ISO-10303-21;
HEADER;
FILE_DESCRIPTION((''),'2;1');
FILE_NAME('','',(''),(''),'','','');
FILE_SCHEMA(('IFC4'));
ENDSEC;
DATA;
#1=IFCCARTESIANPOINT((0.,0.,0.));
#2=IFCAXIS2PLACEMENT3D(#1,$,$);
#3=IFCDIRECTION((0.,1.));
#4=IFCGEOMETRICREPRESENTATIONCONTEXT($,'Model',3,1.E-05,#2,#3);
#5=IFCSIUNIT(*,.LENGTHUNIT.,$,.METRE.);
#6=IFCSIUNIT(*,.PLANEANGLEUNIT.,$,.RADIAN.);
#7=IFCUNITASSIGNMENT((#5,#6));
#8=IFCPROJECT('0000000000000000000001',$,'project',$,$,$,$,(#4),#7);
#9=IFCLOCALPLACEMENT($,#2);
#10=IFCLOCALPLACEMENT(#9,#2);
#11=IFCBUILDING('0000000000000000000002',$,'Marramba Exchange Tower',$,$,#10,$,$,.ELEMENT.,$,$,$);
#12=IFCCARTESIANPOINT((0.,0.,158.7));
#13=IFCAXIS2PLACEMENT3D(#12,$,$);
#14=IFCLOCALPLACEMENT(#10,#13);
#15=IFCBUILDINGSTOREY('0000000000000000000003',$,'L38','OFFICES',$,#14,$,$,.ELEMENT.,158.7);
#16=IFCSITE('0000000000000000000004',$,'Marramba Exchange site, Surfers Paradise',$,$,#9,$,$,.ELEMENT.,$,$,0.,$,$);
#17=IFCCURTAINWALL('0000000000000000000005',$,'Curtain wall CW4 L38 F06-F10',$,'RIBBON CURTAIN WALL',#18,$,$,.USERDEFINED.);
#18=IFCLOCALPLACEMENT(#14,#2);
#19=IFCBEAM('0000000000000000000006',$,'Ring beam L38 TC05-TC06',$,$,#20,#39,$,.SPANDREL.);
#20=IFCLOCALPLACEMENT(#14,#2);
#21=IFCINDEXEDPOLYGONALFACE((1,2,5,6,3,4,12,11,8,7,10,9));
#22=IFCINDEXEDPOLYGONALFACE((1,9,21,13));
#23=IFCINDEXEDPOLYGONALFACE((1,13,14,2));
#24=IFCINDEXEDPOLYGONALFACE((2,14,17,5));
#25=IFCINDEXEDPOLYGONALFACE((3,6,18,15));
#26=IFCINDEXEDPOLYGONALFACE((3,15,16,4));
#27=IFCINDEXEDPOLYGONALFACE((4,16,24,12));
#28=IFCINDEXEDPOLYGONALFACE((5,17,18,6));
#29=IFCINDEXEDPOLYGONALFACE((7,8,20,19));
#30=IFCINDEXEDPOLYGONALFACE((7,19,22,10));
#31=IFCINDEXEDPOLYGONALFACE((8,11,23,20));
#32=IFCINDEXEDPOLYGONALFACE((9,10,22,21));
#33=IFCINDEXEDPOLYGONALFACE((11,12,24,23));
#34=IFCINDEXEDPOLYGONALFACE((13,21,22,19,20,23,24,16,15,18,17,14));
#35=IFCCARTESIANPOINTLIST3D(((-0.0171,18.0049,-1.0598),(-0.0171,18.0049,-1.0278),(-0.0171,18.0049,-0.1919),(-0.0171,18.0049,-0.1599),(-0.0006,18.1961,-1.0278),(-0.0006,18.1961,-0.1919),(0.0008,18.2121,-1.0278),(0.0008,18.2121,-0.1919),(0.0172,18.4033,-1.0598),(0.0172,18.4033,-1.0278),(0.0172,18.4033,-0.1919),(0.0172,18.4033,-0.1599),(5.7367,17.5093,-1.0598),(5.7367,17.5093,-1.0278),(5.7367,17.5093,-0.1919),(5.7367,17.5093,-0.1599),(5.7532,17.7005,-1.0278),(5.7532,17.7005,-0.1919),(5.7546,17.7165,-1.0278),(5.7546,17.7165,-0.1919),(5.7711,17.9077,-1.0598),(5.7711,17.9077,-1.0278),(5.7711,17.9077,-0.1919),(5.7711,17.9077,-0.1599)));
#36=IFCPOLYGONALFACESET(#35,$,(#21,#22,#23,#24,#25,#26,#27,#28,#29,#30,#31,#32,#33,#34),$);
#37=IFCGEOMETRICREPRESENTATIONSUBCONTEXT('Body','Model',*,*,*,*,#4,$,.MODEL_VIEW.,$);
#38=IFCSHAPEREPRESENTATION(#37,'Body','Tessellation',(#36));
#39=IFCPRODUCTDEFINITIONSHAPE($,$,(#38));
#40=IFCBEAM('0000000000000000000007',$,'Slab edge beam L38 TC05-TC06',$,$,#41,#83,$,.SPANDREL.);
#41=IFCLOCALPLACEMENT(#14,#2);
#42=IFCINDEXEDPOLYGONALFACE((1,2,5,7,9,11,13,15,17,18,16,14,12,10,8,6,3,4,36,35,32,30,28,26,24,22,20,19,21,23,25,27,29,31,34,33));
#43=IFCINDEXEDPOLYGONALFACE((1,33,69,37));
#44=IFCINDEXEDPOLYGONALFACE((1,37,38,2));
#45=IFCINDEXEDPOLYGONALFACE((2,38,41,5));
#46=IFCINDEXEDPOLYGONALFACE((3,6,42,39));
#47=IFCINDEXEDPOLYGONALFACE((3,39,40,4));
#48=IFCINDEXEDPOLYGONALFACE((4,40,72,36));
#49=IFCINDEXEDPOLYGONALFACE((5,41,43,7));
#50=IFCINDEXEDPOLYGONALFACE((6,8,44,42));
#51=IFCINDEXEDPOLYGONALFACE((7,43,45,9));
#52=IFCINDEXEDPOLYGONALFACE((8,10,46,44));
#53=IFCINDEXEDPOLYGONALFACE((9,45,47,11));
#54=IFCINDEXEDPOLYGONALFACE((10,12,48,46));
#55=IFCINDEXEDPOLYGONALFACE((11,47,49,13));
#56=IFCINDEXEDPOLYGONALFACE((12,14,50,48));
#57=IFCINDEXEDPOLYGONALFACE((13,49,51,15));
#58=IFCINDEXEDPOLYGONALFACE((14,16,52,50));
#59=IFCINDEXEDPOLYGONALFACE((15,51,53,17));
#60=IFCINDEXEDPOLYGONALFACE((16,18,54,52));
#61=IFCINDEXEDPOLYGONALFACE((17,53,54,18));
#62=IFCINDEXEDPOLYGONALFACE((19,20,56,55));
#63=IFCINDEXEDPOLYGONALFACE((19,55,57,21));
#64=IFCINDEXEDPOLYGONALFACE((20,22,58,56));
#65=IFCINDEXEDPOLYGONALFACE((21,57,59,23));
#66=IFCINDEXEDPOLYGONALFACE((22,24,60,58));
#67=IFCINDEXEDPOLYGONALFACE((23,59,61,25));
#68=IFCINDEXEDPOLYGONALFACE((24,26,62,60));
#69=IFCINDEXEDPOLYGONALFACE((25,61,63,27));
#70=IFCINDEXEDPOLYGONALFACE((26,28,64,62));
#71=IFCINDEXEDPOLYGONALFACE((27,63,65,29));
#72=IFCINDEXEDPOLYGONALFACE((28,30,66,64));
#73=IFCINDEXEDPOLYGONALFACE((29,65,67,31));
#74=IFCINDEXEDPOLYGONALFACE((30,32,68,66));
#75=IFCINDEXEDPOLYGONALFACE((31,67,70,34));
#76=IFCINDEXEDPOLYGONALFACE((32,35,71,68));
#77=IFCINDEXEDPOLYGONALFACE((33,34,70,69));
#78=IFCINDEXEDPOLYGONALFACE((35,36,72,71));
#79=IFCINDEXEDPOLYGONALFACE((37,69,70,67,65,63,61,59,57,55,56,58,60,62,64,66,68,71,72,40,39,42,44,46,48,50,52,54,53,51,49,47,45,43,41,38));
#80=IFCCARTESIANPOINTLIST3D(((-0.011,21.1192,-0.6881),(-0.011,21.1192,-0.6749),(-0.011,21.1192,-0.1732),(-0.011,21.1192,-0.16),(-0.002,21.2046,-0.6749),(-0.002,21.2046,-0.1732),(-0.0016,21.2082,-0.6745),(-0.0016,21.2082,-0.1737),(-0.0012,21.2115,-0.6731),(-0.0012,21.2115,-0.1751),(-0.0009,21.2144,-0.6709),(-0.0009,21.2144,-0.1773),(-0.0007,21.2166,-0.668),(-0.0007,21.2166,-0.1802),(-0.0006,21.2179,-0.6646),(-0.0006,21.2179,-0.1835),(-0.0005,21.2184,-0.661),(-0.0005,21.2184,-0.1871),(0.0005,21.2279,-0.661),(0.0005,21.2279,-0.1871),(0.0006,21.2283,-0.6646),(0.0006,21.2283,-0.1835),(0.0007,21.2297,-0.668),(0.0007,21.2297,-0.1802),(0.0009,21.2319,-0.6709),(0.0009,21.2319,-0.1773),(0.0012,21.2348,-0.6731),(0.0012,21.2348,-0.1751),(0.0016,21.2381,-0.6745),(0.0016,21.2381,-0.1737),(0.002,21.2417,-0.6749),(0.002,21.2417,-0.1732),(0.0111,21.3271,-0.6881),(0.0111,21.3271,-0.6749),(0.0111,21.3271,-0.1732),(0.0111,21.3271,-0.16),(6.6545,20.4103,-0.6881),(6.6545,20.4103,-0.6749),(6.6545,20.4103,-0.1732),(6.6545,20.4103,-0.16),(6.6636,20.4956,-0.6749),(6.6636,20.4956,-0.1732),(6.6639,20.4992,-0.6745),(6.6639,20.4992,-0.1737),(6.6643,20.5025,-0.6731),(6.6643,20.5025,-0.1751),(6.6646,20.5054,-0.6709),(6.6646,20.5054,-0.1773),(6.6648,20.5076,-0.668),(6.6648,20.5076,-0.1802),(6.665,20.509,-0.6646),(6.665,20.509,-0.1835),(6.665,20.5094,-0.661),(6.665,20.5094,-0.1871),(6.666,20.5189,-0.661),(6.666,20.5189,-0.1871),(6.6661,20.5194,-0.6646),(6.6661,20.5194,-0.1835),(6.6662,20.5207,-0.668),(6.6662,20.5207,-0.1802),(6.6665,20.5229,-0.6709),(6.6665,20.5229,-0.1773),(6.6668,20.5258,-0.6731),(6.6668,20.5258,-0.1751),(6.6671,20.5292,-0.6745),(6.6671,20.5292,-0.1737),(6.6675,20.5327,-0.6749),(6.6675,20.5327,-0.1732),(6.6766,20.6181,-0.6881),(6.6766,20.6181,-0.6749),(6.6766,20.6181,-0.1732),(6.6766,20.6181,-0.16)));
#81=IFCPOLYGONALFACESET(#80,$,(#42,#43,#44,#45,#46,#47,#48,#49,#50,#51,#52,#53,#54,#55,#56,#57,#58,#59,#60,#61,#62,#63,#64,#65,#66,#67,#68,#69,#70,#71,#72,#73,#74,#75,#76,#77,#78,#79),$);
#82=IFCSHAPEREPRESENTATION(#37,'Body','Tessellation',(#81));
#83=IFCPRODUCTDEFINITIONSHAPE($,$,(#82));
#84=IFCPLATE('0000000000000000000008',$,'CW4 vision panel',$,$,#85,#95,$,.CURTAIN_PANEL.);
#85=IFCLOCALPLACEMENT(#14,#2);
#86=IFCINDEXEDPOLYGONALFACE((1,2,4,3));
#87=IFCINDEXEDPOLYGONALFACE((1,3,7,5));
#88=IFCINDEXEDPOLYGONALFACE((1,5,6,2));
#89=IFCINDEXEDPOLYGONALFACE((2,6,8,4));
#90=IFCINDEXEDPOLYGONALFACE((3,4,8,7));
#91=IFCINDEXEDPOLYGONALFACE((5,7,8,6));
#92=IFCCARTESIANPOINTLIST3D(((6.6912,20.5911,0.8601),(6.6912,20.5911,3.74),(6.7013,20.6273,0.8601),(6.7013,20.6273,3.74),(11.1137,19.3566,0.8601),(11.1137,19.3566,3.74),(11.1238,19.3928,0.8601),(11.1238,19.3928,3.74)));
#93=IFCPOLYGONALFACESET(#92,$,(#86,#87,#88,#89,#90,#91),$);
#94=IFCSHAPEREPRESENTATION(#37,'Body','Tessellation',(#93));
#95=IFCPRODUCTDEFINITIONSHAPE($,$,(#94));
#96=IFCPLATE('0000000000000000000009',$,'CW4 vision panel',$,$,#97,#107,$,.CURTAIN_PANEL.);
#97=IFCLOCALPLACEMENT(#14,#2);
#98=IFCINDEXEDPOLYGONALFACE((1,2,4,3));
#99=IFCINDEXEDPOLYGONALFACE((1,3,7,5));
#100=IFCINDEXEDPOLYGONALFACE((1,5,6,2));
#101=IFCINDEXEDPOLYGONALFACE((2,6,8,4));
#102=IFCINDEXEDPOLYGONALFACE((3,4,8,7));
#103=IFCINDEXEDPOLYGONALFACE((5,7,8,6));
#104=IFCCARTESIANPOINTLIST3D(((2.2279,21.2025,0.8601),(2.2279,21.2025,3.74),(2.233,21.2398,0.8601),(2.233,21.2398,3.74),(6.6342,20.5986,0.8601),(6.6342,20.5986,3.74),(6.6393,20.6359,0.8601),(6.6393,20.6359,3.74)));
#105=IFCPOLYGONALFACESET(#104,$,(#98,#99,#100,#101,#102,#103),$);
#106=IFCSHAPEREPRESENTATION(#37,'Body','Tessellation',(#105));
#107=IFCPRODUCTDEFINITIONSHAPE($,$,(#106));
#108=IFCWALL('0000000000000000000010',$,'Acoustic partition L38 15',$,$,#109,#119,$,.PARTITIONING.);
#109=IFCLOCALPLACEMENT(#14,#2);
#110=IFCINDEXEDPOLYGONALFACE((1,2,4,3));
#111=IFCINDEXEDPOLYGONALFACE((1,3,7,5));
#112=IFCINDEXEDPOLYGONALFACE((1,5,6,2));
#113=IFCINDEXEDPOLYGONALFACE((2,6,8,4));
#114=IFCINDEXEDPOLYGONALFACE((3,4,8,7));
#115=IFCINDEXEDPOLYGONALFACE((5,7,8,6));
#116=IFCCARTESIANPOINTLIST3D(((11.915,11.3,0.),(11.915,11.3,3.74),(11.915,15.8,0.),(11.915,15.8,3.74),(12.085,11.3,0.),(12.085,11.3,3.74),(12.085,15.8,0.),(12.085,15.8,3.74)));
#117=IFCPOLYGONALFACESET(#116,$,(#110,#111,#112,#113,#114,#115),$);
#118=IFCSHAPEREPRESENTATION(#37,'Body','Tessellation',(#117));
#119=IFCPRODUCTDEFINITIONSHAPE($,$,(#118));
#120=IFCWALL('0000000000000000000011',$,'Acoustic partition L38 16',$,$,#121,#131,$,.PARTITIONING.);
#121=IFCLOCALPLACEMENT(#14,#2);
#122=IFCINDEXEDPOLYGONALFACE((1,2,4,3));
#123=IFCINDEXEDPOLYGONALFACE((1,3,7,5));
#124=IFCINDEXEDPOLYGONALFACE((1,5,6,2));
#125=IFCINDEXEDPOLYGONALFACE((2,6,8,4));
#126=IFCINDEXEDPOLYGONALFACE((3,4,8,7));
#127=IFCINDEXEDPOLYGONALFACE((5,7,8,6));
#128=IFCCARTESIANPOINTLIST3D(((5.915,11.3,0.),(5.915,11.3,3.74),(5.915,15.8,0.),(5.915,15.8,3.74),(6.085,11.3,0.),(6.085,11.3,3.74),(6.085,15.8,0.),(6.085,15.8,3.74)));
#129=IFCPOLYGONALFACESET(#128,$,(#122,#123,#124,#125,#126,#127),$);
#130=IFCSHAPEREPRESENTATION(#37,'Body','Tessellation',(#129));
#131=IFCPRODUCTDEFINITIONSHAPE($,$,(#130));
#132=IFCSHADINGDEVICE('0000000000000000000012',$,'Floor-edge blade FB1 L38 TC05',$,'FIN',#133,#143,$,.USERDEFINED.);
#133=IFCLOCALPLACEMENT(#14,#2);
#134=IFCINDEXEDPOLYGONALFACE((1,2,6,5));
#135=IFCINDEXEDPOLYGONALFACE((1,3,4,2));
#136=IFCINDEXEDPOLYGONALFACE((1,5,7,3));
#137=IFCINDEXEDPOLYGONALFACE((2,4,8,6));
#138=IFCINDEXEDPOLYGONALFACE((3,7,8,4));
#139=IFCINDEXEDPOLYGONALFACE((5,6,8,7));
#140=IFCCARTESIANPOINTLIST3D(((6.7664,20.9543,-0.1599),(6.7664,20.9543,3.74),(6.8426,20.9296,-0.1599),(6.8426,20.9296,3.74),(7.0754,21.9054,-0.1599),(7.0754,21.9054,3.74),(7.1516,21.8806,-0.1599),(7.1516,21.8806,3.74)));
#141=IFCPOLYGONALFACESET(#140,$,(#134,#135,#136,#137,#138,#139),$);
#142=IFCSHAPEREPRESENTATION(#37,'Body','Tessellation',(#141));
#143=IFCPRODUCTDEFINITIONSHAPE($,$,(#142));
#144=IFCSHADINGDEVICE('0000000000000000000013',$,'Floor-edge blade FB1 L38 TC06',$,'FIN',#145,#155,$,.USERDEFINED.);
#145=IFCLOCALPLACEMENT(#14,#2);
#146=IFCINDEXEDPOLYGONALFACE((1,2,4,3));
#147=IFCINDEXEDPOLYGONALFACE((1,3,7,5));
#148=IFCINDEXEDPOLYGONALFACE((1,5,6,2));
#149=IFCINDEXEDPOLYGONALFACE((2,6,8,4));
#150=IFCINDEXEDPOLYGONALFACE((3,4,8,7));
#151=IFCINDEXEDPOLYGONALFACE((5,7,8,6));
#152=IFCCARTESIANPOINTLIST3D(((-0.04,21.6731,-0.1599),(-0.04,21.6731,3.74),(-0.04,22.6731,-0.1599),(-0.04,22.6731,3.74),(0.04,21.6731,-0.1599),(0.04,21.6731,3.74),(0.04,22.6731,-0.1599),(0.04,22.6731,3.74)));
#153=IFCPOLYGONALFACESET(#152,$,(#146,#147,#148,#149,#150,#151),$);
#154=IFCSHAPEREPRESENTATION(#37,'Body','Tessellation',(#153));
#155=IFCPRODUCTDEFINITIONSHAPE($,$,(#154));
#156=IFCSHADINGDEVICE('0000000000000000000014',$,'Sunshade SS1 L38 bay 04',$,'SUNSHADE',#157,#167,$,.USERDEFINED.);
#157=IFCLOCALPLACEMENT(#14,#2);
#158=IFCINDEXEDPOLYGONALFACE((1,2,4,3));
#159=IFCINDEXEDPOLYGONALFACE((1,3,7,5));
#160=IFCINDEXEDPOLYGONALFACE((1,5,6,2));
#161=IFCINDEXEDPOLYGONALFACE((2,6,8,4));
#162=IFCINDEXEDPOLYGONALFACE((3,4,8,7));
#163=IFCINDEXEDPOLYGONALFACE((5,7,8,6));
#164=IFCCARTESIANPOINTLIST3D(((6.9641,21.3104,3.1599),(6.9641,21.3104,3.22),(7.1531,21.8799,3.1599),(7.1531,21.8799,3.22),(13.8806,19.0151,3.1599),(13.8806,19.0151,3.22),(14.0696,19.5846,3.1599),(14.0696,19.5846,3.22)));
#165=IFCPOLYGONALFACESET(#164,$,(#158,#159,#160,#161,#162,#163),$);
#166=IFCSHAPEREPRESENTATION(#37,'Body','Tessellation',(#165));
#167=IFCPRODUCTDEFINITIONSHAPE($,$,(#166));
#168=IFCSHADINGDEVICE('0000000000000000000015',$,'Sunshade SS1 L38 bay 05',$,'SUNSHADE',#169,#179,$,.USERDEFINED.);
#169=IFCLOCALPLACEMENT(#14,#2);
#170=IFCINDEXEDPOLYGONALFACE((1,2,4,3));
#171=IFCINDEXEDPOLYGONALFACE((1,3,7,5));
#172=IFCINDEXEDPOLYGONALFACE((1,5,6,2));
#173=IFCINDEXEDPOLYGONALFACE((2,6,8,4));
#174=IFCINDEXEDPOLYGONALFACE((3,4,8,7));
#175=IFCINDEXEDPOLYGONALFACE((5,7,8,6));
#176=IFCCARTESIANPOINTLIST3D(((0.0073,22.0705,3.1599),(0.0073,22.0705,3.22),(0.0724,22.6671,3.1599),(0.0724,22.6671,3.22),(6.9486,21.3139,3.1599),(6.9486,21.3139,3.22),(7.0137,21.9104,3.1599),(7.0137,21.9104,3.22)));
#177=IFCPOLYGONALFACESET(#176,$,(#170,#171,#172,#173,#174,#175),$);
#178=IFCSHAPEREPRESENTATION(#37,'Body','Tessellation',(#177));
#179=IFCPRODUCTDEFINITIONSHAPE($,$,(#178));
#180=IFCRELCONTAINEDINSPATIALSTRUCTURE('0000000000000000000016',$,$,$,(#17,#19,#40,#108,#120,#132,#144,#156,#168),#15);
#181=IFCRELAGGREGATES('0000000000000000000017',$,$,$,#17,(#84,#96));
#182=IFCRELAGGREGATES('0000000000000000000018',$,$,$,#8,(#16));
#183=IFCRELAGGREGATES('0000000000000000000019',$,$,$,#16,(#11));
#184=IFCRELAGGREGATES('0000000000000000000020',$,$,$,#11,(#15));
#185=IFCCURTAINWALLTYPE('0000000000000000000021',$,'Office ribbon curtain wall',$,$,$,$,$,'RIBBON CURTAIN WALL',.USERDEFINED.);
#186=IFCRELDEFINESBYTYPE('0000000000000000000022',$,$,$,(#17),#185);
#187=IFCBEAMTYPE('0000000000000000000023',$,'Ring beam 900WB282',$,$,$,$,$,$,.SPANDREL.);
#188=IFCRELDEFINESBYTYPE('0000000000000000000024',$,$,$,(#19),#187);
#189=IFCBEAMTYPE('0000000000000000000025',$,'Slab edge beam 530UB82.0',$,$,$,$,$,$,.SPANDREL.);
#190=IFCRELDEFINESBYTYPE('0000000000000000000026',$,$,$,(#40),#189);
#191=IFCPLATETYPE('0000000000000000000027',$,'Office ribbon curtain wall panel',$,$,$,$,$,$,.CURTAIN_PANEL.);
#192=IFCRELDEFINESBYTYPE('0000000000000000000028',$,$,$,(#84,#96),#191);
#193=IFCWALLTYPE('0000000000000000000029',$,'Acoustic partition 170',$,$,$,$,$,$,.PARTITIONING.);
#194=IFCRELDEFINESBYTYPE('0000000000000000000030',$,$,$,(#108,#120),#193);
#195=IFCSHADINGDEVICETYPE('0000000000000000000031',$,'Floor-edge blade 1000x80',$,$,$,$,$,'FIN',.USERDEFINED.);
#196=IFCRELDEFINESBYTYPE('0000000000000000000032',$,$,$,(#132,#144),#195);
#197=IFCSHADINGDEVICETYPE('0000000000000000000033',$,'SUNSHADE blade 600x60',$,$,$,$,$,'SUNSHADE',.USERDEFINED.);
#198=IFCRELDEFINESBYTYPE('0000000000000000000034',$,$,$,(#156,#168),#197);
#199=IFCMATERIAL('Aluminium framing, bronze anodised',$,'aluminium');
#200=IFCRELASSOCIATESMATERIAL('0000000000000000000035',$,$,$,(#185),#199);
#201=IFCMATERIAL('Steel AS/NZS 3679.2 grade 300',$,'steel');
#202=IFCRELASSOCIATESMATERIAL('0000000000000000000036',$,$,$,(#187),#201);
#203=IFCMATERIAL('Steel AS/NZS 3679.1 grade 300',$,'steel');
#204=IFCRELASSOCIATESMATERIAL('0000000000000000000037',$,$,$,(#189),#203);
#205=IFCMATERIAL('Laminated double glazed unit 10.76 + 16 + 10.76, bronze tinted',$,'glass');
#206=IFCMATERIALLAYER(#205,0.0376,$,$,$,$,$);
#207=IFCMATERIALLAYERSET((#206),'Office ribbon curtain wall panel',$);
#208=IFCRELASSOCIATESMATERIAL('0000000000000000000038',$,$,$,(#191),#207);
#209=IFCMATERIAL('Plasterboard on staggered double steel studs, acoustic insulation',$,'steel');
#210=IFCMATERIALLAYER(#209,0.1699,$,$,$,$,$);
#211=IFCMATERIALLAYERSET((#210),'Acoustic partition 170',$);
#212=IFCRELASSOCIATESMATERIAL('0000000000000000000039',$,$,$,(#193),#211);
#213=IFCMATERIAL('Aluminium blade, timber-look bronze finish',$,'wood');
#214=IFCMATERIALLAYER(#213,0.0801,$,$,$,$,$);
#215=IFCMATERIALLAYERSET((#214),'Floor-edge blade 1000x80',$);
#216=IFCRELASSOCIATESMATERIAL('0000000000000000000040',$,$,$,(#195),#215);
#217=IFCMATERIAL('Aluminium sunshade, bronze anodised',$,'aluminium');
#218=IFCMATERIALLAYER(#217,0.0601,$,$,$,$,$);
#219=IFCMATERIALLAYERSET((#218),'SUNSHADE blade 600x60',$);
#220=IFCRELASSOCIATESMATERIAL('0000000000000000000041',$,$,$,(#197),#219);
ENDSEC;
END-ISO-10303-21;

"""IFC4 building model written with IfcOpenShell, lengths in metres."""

from ifc_helpers import new_model, si_unit, direction, frame, frame_2d, origin, origin_2d, place, context, subcontext, project, spatial, rectangle, i_section, extrude, material, layer, layer_set, material_profile, profile_set, type_object, element, aggregate, save


model = new_model("IFC4")

# Units and contexts
model_context = context("Model", 3, precision=1e-05, world=origin(), true_north=direction((0.0, 1.0)))
body_context = subcontext(model_context, "Body", "Model", "MODEL_VIEW")
ifc_project = project(units=[si_unit("LENGTHUNIT", "METRE"), si_unit("PLANEANGLEUNIT", "RADIAN")], contexts=[model_context])

# Site, building, storey
site_placement = place(None, origin())
site = spatial("IfcSite", under=ifc_project, at=site_placement, Name="Marramba Exchange site, Surfers Paradise", CompositionType="ELEMENT", RefElevation=0.0)
building_placement = place(site_placement, origin())
building = spatial("IfcBuilding", under=site, at=building_placement, Name="Marramba Exchange Tower", CompositionType="ELEMENT")
storey_placement = place(building_placement, frame((0.0, 0.0, 158.7)))
storey = spatial("IfcBuildingStorey", under=building, at=storey_placement, Name="L38", Description="OFFICES", CompositionType="ELEMENT", Elevation=158.7)

# Shared definitions
ifc_material_1 = material(Name="Steel AS/NZS 3679.2 grade 300", Category="steel")

# Curtain wall
ifc_material_2 = material(Name="Aluminium framing, bronze anodised", Category="aluminium")
curtain_wall_type = type_object("IfcCurtainWallType", Name="Office ribbon curtain wall", ElementType="RIBBON CURTAIN WALL", PredefinedType="USERDEFINED", material=ifc_material_2)
curtain_wall_placement = place(storey_placement, origin())
curtain_wall = element("IfcCurtainWall", 1, at=curtain_wall_placement, inside=storey, type_object=curtain_wall_type, Name="Curtain wall CW4 L38 F06-F10", ObjectType="RIBBON CURTAIN WALL", PredefinedType="USERDEFINED")

# Beams
ifc_material_profile_1 = material_profile(ifc_material_1, i_section(OverallWidth=0.3999, OverallDepth=0.8999, WebThickness=0.0161, FlangeThickness=0.032, at=origin_2d()), Name="900WB282")
ifc_profile_set_1 = profile_set([ifc_material_profile_1], Name="Steel AS/NZS 3679.2 grade 300")
beam_type_1 = type_object("IfcBeamType", Name="Ring beam 900WB282", PredefinedType="SPANDREL", material=ifc_profile_set_1)
beam_1_placement = place(storey_placement, frame((5.7539, 17.7085, -0.6099), z_axis=(-0.996311, 0.085816, 0.0), x_axis=(-0.085816, -0.996311, 0.0)))
element("IfcBeam", 2, at=beam_1_placement, inside=storey, type_object=beam_type_1, Name="Ring beam L38 TC05-TC06", PredefinedType="SPANDREL", context=body_context, shape_type="SweptSolid", body=[
    extrude(i_section(OverallWidth=0.3999, OverallDepth=0.8999, WebThickness=0.0161, FlangeThickness=0.032, at=origin_2d()), origin(), (0.0, 0.0, 1.0), 5.7751),
])
ifc_material_3 = material(Name="Steel AS/NZS 3679.1 grade 300", Category="steel")
ifc_material_profile_2 = material_profile(ifc_material_3, i_section(OverallWidth=0.209, OverallDepth=0.5281, WebThickness=0.0095, FlangeThickness=0.0132, FilletRadius=0.0139, at=origin_2d()), Name="530UB82.0")
ifc_profile_set_2 = profile_set([ifc_material_profile_2], Name="Steel AS/NZS 3679.1 grade 300")
beam_type_2 = type_object("IfcBeamType", Name="Slab edge beam 530UB82.0", PredefinedType="SPANDREL", material=ifc_profile_set_2)
beam_2_placement = place(storey_placement, frame((6.6655, 20.5142, -0.4241), z_axis=(-0.994391, 0.105769, 0.0), x_axis=(-0.105769, -0.994391, 0.0)))
element("IfcBeam", 3, at=beam_2_placement, inside=storey, type_object=beam_type_2, Name="Slab edge beam L38 TC05-TC06", PredefinedType="SPANDREL", context=body_context, shape_type="SweptSolid", body=[
    extrude(i_section(OverallWidth=0.209, OverallDepth=0.5281, WebThickness=0.0095, FlangeThickness=0.0132, FilletRadius=0.0139, at=origin_2d()), origin(), (0.0, 0.0, 1.0), 6.7031),
])

# Plates
ifc_material_4 = material(Name="Laminated double glazed unit 10.76 + 16 + 10.76, bronze tinted", Category="glass")
ifc_layer_1 = layer(ifc_material_4, 0.0376)
ifc_layer_set_1 = layer_set([ifc_layer_1], Name="Office ribbon curtain wall panel")
plate_type = type_object("IfcPlateType", Name="Office ribbon curtain wall panel", PredefinedType="CURTAIN_PANEL", material=ifc_layer_set_1)
plate_1_placement = place(storey_placement, frame((8.9075, 19.9919, 0.8601), z_axis=(0.0, 0.0, 1.0), x_axis=(-0.963178, 0.268865, 0.0)))
plate_1 = element("IfcPlate", 4, at=plate_1_placement, type_object=plate_type, Name="CW4 vision panel", PredefinedType="CURTAIN_PANEL", context=body_context, shape_type="SweptSolid", body=[
    extrude(rectangle(XDim=4.5916, YDim=0.0376, at=origin_2d()), origin(), (0.0, 0.0, 1.0), 2.8799),
])
plate_2_placement = place(storey_placement, frame((4.4336, 20.9192, 0.8601), z_axis=(0.0, 0.0, 1.0), x_axis=(-0.990738, 0.135786, 0.0)))
plate_2 = element("IfcPlate", 5, at=plate_2_placement, type_object=plate_type, Name="CW4 vision panel", PredefinedType="CURTAIN_PANEL", context=body_context, shape_type="SweptSolid", body=[
    extrude(rectangle(XDim=4.4475, YDim=0.0376, at=origin_2d()), origin(), (0.0, 0.0, 1.0), 2.8799),
])
aggregate(curtain_wall, [plate_1, plate_2])

# Walls
ifc_material_5 = material(Name="Plasterboard on staggered double steel studs, acoustic insulation", Category="steel")
ifc_layer_2 = layer(ifc_material_5, 0.1699)
ifc_layer_set_2 = layer_set([ifc_layer_2], Name="Acoustic partition 170")
wall_type = type_object("IfcWallType", Name="Acoustic partition 170", PredefinedType="PARTITIONING", material=ifc_layer_set_2)
for number, where, z_axis, x_axis, name in (
    (6, (12.0, 15.8, 0.0), (0.0, 0.0, 1.0), (0.0, -1.0, 0.0), "Acoustic partition L38 15"),
    (7, (6.0, 15.8, 0.0), (0.0, 0.0, 1.0), (0.0, -1.0, 0.0), "Acoustic partition L38 16"),
):
    element("IfcWall", number, at=place(storey_placement, frame(where, z_axis=z_axis, x_axis=x_axis)), inside=storey, type_object=wall_type, Name=name, PredefinedType="PARTITIONING", context=body_context, shape_type="SweptSolid", body=[
        extrude(rectangle(XDim=4.5, YDim=0.1699, at=frame_2d((2.25, 0.0))), origin(), (0.0, 0.0, 1.0), 3.74),
    ])

# Shading devices
ifc_material_6 = material(Name="Aluminium blade, timber-look bronze finish", Category="wood")
ifc_layer_3 = layer(ifc_material_6, 0.0801)
ifc_layer_set_3 = layer_set([ifc_layer_3], Name="Floor-edge blade 1000x80")
shading_device_type_1 = type_object("IfcShadingDeviceType", Name="Floor-edge blade 1000x80", ElementType="FIN", PredefinedType="USERDEFINED", material=ifc_layer_set_3)
for number, where, z_axis, x_axis, name in (
    (8, (6.959, 21.4175, -0.1599), (0.0, 0.0, 1.0), (0.309017, 0.951057, 0.0), "Floor-edge blade FB1 L38 TC05"),
    (9, (0.0, 22.1731, -0.1599), (0.0, 0.0, 1.0), (0.0, 1.0, 0.0), "Floor-edge blade FB1 L38 TC06"),
):
    element("IfcShadingDevice", number, at=place(storey_placement, frame(where, z_axis=z_axis, x_axis=x_axis)), inside=storey, type_object=shading_device_type_1, Name=name, ObjectType="FIN", PredefinedType="USERDEFINED", context=body_context, shape_type="SweptSolid", body=[
        extrude(rectangle(XDim=1.0, YDim=0.0801, at=origin_2d()), origin(), (0.0, 0.0, 1.0), 3.8999),
    ])
ifc_material_7 = material(Name="Aluminium sunshade, bronze anodised", Category="aluminium")
ifc_layer_4 = layer(ifc_material_7, 0.0601)
ifc_layer_set_4 = layer_set([ifc_layer_4], Name="SUNSHADE blade 600x60")
shading_device_type_2 = type_object("IfcShadingDeviceType", Name="SUNSHADE blade 600x60", ElementType="SUNSHADE", PredefinedType="USERDEFINED", material=ifc_layer_set_4)
shading_device_1_placement = place(storey_placement, frame((10.5168, 20.4475, 3.1599), z_axis=(0.0, 0.0, 1.0), x_axis=(-0.949101, 0.314972, 0.0)))
element("IfcShadingDevice", 10, at=shading_device_1_placement, inside=storey, type_object=shading_device_type_2, Name="Sunshade SS1 L38 bay 04", ObjectType="SUNSHADE", PredefinedType="USERDEFINED", context=body_context, shape_type="SweptSolid", body=[
    extrude(rectangle(XDim=7.2874, YDim=0.6001, at=origin_2d()), origin(), (0.0, 0.0, 1.0), 0.0601),
])
shading_device_2_placement = place(storey_placement, frame((3.5105, 21.9905, 3.1599), z_axis=(0.0, 0.0, 1.0), x_axis=(-0.994111, 0.108363, 0.0)))
element("IfcShadingDevice", 11, at=shading_device_2_placement, inside=storey, type_object=shading_device_type_2, Name="Sunshade SS1 L38 bay 05", ObjectType="SUNSHADE", PredefinedType="USERDEFINED", context=body_context, shape_type="SweptSolid", body=[
    extrude(rectangle(XDim=6.9824, YDim=0.6001, at=origin_2d()), origin(), (0.0, 0.0, 1.0), 0.0601),
])

save(model, "model.ifc")
